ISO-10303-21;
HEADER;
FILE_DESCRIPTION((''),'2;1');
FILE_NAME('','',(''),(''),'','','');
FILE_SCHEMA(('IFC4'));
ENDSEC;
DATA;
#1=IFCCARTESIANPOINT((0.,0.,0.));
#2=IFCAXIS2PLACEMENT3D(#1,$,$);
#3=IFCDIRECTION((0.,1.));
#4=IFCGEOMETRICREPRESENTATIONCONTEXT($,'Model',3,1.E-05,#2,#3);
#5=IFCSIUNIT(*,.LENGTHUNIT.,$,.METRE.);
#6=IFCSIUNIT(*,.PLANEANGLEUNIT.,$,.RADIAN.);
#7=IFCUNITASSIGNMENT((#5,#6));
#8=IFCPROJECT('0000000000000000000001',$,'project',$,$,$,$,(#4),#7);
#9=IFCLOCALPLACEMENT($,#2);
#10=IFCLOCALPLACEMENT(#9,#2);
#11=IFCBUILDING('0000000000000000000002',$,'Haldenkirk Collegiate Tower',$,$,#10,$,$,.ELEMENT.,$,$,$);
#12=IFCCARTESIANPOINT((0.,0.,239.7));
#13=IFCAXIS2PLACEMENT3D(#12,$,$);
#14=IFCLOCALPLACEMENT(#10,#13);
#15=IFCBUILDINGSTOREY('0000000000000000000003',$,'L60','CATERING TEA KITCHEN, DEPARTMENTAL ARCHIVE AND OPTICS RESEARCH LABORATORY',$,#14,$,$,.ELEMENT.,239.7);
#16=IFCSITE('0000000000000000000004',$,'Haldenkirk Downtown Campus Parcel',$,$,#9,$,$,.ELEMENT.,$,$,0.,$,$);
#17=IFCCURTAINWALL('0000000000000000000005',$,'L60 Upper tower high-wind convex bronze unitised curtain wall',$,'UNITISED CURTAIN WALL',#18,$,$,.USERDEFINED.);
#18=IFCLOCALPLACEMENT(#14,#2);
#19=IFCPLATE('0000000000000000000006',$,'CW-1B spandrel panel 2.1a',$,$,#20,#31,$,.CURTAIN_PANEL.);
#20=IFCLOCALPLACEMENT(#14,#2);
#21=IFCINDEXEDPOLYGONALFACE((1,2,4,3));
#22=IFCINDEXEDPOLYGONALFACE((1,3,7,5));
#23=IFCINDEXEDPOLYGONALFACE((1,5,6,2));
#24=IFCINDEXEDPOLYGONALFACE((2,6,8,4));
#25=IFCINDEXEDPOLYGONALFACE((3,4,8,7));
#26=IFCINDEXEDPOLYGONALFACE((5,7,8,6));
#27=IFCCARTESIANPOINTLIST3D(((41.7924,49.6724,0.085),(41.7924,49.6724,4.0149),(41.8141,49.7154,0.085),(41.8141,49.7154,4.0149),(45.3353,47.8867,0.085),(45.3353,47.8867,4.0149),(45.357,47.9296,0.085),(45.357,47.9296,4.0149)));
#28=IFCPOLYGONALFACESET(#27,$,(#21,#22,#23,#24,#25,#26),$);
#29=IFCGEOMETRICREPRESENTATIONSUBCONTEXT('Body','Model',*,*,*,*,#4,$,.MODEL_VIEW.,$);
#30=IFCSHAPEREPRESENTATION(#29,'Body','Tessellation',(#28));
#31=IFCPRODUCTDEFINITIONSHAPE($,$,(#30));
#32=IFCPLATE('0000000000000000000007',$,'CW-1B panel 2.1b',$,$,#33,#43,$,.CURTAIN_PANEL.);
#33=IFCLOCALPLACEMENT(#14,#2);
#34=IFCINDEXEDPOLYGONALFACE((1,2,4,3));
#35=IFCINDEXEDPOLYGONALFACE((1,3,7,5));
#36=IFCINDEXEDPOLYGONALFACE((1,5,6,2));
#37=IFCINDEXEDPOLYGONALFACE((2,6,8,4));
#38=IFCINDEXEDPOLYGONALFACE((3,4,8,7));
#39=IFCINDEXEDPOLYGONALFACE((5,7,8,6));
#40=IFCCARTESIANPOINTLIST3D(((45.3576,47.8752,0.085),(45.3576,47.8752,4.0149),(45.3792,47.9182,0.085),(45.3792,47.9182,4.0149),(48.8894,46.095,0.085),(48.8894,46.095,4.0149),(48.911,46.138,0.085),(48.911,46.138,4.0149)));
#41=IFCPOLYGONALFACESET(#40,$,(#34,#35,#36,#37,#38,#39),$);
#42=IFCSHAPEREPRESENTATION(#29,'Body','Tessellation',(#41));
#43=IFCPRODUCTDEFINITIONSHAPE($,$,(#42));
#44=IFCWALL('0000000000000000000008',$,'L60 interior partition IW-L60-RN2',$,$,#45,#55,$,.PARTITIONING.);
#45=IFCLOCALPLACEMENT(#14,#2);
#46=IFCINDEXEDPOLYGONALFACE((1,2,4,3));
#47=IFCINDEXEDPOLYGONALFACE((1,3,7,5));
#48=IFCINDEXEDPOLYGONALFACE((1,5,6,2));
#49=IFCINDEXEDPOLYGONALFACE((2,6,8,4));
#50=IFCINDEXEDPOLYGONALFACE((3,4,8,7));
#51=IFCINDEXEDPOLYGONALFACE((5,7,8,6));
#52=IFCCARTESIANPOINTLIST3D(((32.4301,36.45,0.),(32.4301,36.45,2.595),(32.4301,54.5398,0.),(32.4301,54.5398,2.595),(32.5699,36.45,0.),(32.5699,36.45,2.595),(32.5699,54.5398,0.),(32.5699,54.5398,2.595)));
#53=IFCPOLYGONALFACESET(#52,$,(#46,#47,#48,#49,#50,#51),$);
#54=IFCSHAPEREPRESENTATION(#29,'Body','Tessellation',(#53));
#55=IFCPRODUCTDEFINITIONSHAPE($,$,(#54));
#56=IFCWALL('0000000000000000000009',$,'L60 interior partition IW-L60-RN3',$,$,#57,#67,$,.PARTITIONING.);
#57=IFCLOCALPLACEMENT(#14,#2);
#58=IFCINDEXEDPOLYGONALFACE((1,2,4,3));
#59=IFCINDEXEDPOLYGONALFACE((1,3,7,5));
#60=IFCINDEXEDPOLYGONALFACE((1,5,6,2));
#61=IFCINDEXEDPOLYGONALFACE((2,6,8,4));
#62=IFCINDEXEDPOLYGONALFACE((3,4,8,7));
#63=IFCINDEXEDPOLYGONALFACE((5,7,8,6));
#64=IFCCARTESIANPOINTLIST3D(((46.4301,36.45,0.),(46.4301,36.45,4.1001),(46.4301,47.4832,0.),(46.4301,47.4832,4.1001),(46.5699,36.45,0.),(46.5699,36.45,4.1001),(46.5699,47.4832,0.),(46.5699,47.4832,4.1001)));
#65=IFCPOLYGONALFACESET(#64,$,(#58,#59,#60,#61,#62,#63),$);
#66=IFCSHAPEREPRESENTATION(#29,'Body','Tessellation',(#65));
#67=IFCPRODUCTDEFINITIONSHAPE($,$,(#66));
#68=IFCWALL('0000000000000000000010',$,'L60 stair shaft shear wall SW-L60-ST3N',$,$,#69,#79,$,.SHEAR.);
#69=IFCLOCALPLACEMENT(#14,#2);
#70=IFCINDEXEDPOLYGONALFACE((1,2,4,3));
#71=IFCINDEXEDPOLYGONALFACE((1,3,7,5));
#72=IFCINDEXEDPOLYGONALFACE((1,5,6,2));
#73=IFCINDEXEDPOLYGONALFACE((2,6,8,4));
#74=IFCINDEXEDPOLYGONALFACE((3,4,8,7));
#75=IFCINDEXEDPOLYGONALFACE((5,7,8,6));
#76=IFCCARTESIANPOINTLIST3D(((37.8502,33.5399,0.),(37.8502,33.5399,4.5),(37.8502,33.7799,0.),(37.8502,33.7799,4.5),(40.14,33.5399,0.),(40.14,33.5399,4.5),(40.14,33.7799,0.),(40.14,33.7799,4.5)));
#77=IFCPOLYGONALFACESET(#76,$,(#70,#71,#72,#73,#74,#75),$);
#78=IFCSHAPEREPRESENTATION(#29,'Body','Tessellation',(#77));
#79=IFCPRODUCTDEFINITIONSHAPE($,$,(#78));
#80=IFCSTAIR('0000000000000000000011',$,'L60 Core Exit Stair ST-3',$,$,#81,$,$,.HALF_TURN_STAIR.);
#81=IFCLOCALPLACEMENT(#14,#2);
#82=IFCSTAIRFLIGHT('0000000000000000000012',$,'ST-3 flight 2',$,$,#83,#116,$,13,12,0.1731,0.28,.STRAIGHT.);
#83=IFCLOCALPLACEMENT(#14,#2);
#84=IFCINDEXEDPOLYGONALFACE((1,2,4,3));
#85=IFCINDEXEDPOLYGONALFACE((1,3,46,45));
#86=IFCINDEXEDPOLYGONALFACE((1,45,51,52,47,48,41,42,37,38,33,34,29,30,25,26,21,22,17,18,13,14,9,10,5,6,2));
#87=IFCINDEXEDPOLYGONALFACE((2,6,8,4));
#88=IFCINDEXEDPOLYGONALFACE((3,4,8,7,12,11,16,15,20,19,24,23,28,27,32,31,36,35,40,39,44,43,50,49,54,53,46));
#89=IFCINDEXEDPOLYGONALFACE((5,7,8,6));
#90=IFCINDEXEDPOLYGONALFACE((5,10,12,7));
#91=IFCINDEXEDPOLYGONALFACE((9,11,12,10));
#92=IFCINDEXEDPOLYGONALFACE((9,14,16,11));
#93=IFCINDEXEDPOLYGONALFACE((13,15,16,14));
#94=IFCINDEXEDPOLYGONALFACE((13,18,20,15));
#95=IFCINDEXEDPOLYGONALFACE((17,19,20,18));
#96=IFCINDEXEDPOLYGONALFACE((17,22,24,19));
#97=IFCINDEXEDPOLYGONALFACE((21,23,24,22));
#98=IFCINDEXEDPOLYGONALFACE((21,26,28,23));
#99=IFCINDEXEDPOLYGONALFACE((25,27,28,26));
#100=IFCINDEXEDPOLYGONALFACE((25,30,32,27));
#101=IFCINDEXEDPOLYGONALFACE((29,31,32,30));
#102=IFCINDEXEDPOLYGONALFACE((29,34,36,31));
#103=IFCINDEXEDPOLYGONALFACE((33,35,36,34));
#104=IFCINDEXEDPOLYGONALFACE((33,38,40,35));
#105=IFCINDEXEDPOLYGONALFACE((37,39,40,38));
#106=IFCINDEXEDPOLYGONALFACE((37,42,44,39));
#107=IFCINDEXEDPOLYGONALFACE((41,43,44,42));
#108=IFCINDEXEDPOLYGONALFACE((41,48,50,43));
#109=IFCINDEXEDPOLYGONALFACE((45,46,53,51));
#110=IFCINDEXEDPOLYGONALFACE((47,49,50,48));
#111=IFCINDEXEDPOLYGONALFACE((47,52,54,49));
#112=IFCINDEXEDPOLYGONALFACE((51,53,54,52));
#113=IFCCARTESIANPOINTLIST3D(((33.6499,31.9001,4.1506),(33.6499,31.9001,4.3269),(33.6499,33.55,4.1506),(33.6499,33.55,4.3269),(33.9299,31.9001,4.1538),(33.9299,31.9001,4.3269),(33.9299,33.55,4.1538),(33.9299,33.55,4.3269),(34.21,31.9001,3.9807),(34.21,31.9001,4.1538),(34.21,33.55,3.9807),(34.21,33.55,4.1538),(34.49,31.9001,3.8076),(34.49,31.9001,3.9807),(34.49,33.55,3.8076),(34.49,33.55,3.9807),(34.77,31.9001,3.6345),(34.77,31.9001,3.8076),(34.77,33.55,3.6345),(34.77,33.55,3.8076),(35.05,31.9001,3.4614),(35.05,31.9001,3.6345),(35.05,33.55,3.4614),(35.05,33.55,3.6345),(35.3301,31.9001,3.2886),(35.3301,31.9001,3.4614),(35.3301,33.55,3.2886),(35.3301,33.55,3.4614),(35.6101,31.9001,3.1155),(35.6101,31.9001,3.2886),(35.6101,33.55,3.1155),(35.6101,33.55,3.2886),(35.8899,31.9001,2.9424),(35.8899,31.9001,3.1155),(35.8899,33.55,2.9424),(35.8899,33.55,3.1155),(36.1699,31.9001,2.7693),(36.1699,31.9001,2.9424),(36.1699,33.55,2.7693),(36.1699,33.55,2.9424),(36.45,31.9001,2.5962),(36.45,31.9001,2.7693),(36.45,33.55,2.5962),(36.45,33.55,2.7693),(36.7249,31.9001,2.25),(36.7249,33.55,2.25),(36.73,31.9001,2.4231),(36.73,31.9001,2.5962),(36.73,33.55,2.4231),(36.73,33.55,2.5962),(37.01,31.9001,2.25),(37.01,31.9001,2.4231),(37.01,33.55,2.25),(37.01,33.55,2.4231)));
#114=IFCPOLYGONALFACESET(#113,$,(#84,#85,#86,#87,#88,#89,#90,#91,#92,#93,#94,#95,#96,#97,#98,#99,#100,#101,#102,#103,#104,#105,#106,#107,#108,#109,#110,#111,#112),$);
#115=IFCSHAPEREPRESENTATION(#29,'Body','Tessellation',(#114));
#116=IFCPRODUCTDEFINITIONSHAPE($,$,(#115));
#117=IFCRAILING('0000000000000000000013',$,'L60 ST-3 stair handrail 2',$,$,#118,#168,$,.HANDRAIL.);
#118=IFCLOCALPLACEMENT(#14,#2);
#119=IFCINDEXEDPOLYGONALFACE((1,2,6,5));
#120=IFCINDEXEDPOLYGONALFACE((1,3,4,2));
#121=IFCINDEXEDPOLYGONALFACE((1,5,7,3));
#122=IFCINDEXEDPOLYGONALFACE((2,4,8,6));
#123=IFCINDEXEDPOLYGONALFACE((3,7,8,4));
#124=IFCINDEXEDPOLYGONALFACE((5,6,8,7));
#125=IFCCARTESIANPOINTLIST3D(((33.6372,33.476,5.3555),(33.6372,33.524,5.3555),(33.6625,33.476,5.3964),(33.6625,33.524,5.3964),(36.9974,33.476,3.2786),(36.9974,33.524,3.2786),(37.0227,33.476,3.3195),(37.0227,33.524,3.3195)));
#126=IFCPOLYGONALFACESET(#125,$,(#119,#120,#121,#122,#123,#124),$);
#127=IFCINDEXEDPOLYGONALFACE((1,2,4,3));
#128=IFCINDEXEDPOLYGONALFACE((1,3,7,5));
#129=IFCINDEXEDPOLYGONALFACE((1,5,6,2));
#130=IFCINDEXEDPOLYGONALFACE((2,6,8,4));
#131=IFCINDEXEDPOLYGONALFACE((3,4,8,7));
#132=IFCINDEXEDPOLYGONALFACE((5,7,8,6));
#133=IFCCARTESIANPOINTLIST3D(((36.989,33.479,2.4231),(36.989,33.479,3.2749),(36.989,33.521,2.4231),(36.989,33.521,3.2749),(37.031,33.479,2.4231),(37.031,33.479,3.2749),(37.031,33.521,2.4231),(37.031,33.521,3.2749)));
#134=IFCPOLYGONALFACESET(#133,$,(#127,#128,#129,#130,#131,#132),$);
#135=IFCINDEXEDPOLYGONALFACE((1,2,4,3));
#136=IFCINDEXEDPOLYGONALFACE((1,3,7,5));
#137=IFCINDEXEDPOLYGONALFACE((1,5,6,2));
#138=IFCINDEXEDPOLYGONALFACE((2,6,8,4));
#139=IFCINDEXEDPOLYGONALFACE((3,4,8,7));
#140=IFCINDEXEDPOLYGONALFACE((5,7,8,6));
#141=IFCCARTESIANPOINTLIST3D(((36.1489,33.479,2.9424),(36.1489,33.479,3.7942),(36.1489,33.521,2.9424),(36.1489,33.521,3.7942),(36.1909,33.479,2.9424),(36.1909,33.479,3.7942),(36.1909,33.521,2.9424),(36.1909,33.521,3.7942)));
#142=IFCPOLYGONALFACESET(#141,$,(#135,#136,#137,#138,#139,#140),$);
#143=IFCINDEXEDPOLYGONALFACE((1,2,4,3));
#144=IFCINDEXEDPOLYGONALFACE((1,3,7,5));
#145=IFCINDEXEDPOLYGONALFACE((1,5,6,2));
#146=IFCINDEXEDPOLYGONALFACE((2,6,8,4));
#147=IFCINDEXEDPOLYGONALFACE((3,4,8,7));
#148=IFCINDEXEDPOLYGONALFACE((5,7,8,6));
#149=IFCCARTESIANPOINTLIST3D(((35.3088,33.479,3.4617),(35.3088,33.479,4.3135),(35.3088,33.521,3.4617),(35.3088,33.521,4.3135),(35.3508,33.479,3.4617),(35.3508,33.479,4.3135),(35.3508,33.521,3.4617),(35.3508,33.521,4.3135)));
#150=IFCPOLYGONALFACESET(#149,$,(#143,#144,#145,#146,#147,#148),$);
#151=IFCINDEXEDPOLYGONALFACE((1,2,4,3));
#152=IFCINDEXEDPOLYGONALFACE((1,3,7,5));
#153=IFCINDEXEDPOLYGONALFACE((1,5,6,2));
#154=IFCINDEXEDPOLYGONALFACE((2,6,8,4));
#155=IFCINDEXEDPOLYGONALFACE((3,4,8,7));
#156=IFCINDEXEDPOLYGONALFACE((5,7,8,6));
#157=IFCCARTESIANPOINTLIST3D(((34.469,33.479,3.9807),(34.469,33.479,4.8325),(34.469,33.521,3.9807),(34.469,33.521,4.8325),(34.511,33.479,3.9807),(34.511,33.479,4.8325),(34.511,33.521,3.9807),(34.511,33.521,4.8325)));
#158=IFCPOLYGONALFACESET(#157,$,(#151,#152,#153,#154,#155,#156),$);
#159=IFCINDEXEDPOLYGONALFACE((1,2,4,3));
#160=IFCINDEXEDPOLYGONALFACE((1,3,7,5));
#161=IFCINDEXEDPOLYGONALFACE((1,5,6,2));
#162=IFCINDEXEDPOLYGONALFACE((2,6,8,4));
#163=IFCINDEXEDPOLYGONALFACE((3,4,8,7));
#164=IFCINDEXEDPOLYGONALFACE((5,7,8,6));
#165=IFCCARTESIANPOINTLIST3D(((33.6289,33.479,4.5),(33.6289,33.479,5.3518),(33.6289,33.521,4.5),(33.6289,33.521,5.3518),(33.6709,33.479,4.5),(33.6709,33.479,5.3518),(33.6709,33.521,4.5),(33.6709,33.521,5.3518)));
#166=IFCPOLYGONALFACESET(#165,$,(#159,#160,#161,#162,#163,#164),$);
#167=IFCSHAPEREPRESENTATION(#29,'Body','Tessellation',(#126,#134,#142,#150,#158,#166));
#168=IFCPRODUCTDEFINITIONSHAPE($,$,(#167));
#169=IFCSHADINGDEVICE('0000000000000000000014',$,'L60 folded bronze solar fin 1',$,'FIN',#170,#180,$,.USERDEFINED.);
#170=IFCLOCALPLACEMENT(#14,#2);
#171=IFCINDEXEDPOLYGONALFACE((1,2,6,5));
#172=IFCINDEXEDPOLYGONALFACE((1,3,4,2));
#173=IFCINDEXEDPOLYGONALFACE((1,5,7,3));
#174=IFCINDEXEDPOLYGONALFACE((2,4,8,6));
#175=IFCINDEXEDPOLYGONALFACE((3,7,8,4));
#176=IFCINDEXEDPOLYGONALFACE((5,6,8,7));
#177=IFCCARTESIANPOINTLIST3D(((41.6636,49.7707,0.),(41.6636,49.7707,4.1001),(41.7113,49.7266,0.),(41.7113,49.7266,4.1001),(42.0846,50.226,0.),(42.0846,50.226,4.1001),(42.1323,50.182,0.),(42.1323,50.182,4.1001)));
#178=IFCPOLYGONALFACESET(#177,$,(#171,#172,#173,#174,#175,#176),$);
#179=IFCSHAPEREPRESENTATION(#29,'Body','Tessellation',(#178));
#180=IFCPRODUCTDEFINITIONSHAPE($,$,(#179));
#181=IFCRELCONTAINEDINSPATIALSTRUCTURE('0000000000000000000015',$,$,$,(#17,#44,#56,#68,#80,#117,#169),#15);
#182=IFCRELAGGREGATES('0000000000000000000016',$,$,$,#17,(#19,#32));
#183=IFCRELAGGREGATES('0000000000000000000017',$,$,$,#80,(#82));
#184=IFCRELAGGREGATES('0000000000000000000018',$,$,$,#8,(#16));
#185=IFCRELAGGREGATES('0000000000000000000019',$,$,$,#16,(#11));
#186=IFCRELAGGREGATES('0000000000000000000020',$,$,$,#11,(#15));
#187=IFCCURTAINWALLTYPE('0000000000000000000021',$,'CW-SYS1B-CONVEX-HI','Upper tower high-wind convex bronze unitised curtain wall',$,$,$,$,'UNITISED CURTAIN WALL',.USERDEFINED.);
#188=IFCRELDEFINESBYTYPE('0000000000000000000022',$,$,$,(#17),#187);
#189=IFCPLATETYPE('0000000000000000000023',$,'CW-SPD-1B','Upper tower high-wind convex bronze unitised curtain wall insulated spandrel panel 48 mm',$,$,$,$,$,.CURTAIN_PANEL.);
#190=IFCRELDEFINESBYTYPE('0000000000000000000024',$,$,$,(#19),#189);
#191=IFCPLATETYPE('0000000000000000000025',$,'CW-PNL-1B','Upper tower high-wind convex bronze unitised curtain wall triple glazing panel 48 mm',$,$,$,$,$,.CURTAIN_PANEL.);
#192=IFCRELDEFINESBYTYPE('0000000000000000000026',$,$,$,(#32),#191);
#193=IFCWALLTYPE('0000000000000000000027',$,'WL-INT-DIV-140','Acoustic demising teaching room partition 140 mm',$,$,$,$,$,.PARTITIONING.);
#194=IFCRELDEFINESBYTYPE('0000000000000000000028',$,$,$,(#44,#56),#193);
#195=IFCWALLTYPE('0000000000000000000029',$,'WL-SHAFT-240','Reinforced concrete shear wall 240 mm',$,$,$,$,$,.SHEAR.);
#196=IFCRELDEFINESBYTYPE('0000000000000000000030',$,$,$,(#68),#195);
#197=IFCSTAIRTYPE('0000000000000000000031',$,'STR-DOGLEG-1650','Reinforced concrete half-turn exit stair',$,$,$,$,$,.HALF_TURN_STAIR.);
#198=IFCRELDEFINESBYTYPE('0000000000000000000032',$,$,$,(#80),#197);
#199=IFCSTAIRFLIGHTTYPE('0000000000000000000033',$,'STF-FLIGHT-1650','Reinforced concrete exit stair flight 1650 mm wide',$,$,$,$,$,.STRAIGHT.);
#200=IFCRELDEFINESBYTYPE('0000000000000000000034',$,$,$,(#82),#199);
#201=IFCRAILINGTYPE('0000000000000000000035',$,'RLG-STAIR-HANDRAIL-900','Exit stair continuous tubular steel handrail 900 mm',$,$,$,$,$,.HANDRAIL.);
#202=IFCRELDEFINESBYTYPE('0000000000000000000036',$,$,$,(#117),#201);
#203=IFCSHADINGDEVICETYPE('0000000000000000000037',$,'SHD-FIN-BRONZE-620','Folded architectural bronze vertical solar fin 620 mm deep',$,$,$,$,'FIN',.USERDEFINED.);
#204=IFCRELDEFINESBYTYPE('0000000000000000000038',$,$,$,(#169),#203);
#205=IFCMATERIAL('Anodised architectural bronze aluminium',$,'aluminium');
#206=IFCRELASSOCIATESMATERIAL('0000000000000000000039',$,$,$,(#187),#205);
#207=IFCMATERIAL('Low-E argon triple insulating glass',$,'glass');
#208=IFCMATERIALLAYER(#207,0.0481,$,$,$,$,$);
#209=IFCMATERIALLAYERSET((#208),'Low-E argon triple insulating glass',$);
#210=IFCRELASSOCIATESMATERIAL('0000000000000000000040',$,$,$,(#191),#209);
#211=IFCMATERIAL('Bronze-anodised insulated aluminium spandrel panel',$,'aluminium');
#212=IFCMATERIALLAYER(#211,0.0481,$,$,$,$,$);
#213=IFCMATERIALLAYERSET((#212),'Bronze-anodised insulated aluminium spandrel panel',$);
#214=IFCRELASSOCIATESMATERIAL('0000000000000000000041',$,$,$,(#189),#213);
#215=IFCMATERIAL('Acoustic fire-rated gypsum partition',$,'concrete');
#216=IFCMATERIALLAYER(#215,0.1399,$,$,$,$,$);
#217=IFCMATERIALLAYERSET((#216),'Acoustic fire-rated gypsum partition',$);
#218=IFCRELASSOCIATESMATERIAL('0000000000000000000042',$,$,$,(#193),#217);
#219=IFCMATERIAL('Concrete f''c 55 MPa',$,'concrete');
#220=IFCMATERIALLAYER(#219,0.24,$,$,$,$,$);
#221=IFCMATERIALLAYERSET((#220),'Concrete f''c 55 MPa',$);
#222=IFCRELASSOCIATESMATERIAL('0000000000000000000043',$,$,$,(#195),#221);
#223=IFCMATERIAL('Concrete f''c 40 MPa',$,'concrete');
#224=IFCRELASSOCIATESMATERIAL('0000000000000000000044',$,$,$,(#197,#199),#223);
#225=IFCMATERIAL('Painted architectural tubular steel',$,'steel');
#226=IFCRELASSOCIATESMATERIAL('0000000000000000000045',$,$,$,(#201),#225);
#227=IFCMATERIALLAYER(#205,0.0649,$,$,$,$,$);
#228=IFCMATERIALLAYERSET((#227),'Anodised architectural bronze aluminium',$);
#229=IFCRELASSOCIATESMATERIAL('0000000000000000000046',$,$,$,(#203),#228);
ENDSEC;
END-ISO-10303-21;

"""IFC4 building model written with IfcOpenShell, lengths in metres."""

from ifc_helpers import new_model, si_unit, direction, frame, frame_2d, origin, origin_2d, place, context, subcontext, project, spatial, polyline, rectangle, outline, extrude, source, transform, mapped, material, layer, layer_set, type_object, element, aggregate, save


model = new_model("IFC4")

# Units and contexts
model_context = context("Model", 3, precision=1e-05, world=origin(), true_north=direction((0.0, 1.0)))
body_context = subcontext(model_context, "Body", "Model", "MODEL_VIEW")
ifc_project = project(units=[si_unit("LENGTHUNIT", "METRE"), si_unit("PLANEANGLEUNIT", "RADIAN")], contexts=[model_context])

# Site, building, storey
site_placement = place(None, origin())
site = spatial("IfcSite", under=ifc_project, at=site_placement, Name="Haldenkirk Downtown Campus Parcel", CompositionType="ELEMENT", RefElevation=0.0)
building_placement = place(site_placement, origin())
building = spatial("IfcBuilding", under=site, at=building_placement, Name="Haldenkirk Collegiate Tower", CompositionType="ELEMENT")
storey_placement = place(building_placement, frame((0.0, 0.0, 239.7)))
storey = spatial("IfcBuildingStorey", under=building, at=storey_placement, Name="L60", Description="CATERING TEA KITCHEN, DEPARTMENTAL ARCHIVE AND OPTICS RESEARCH LABORATORY", CompositionType="ELEMENT", Elevation=239.7)

# Curtain wall, plates
ifc_material_1 = material(Name="Anodised architectural bronze aluminium", Category="aluminium")
curtain_wall_type = type_object("IfcCurtainWallType", Name="CW-SYS1B-CONVEX-HI", Description="Upper tower high-wind convex bronze unitised curtain wall", ElementType="UNITISED CURTAIN WALL", PredefinedType="USERDEFINED", material=ifc_material_1)
curtain_wall_placement = place(storey_placement, origin())
curtain_wall = element("IfcCurtainWall", 1, at=curtain_wall_placement, inside=storey, type_object=curtain_wall_type, Name="L60 Upper tower high-wind convex bronze unitised curtain wall", ObjectType="UNITISED CURTAIN WALL", PredefinedType="USERDEFINED")
ifc_material_2 = material(Name="Low-E argon triple insulating glass", Category="glass")
ifc_layer_1 = layer(ifc_material_2, 0.0481)
ifc_layer_set_1 = layer_set([ifc_layer_1], Name="Low-E argon triple insulating glass")
plate_type_1 = type_object("IfcPlateType", Name="CW-PNL-1B", Description="Upper tower high-wind convex bronze unitised curtain wall triple glazing panel 48 mm", PredefinedType="CURTAIN_PANEL", material=ifc_layer_set_1)
ifc_material_3 = material(Name="Bronze-anodised insulated aluminium spandrel panel", Category="aluminium")
ifc_layer_2 = layer(ifc_material_3, 0.0481)
ifc_layer_set_2 = layer_set([ifc_layer_2], Name="Bronze-anodised insulated aluminium spandrel panel")
plate_type_2 = type_object("IfcPlateType", Name="CW-SPD-1B", Description="Upper tower high-wind convex bronze unitised curtain wall insulated spandrel panel 48 mm", PredefinedType="CURTAIN_PANEL", material=ifc_layer_set_2)
shared_shape_1 = source(origin(), body_context, "Body", "SweptSolid", [
    extrude(rectangle(XDim=3.9675, YDim=0.0481, at=origin_2d()), origin(), (0.0, 0.0, 1.0), 3.9299),
])
plate_1_placement = place(storey_placement, frame((43.5747, 48.801, 0.085), z_axis=(0.0, 0.0, 1.0), x_axis=(0.892979, -0.450099, 0.0)))
plate_1 = element("IfcPlate", 2, at=plate_1_placement, type_object=plate_type_2, Name="CW-1B spandrel panel 2.1a", PredefinedType="CURTAIN_PANEL", context=body_context, shape_type="MappedRepresentation", body=[
    mapped(shared_shape_1, transform((0.0, 0.0, 0.0), x_axis=(1.0, 0.0, 0.0), y_axis=(0.0, 1.0, 0.0), z_axis=(0.0, 0.0, 1.0), scale=1.0)),
])
shared_shape_2 = source(origin(), body_context, "Body", "SweptSolid", [
    extrude(rectangle(XDim=3.9551, YDim=0.0481, at=origin_2d()), origin(), (0.0, 0.0, 1.0), 3.9299),
])
plate_2_placement = place(storey_placement, frame((47.1343, 47.0066, 0.085), z_axis=(0.0, 0.0, 1.0), x_axis=(0.892979, -0.450099, 0.0)))
plate_2 = element("IfcPlate", 3, at=plate_2_placement, type_object=plate_type_1, Name="CW-1B panel 2.1b", PredefinedType="CURTAIN_PANEL", context=body_context, shape_type="MappedRepresentation", body=[
    mapped(shared_shape_2, transform((0.0, 0.0, 0.0), x_axis=(1.0, 0.0, 0.0), y_axis=(0.0, 1.0, 0.0), z_axis=(0.0, 0.0, 1.0), scale=1.0)),
])
aggregate(curtain_wall, [plate_1, plate_2])

# Walls
ifc_material_4 = material(Name="Acoustic fire-rated gypsum partition", Category="concrete")
ifc_layer_3 = layer(ifc_material_4, 0.1399)
ifc_layer_set_3 = layer_set([ifc_layer_3], Name="Acoustic fire-rated gypsum partition")
wall_type_1 = type_object("IfcWallType", Name="WL-INT-DIV-140", Description="Acoustic demising teaching room partition 140 mm", PredefinedType="PARTITIONING", material=ifc_layer_set_3)
wall_1_placement = place(storey_placement, frame((32.5, 36.45, 0.0), z_axis=(0.0, 0.0, 1.0), x_axis=(0.0, 1.0, 0.0)))
element("IfcWall", 4, at=wall_1_placement, inside=storey, type_object=wall_type_1, Name="L60 interior partition IW-L60-RN2", PredefinedType="PARTITIONING", context=body_context, shape_type="SweptSolid", body=[
    extrude(rectangle(XDim=18.0898, YDim=0.1399, at=frame_2d((9.0449, 0.0))), origin(), (0.0, 0.0, 1.0), 2.595),
])
wall_2_placement = place(storey_placement, frame((46.5, 36.45, 0.0), z_axis=(0.0, 0.0, 1.0), x_axis=(0.0, 1.0, 0.0)))
element("IfcWall", 5, at=wall_2_placement, inside=storey, type_object=wall_type_1, Name="L60 interior partition IW-L60-RN3", PredefinedType="PARTITIONING", context=body_context, shape_type="SweptSolid", body=[
    extrude(rectangle(XDim=11.0332, YDim=0.1399, at=frame_2d((5.5166, 0.0))), origin(), (0.0, 0.0, 1.0), 4.1001),
])
ifc_material_5 = material(Name="Concrete f'c 55 MPa", Category="concrete")
ifc_layer_4 = layer(ifc_material_5, 0.24)
ifc_layer_set_4 = layer_set([ifc_layer_4], Name="Concrete f'c 55 MPa")
wall_type_2 = type_object("IfcWallType", Name="WL-SHAFT-240", Description="Reinforced concrete shear wall 240 mm", PredefinedType="SHEAR", material=ifc_layer_set_4)
wall_3_placement = place(storey_placement, frame((37.8501, 33.6599, 0.0), z_axis=(0.0, 0.0, 1.0), x_axis=(1.0, 0.0, 0.0)))
element("IfcWall", 6, at=wall_3_placement, inside=storey, type_object=wall_type_2, Name="L60 stair shaft shear wall SW-L60-ST3N", PredefinedType="SHEAR", context=body_context, shape_type="SweptSolid", body=[
    extrude(rectangle(XDim=2.2898, YDim=0.24, at=frame_2d((1.145, 0.0))), origin(), (0.0, 0.0, 1.0), 4.5),
])

# Stair, stair flight
ifc_material_6 = material(Name="Concrete f'c 40 MPa", Category="concrete")
stair_type = type_object("IfcStairType", Name="STR-DOGLEG-1650", Description="Reinforced concrete half-turn exit stair", PredefinedType="HALF_TURN_STAIR", material=ifc_material_6)
stair_placement = place(storey_placement, origin())
stair = element("IfcStair", 7, at=stair_placement, inside=storey, type_object=stair_type, Name="L60 Core Exit Stair ST-3", PredefinedType="HALF_TURN_STAIR")
stair_flight_type = type_object("IfcStairFlightType", Name="STF-FLIGHT-1650", Description="Reinforced concrete exit stair flight 1650 mm wide", PredefinedType="STRAIGHT", material=ifc_material_6)
stair_flight_placement = place(storey_placement, frame((37.01, 32.7251, 2.25), z_axis=(0.0, 0.0, 1.0), x_axis=(-1.0, 0.0, 0.0)))
stair_flight = element("IfcStairFlight", 8, at=stair_flight_placement, type_object=stair_flight_type, Name="ST-3 flight 2", NumberOfRisers=13, NumberOfTreads=12, PredefinedType="STRAIGHT", RiserHeight=0.1731, TreadLength=0.28, context=body_context, shape_type="SweptSolid", body=[
    extrude(outline(polyline([(0.0, 0.0), (0.0, 0.1731), (0.28, 0.1731), (0.28, 0.3462), (0.5601, 0.3462), (0.5601, 0.5193), (0.8401, 0.5193), (0.8401, 0.6924), (1.1201, 0.6924), (1.1201, 0.8655), (1.3999, 0.8655), (1.3999, 1.0386), (1.6799, 1.0386), (1.6799, 1.2114), (1.96, 1.2114), (1.96, 1.3845), (2.24, 1.3845), (2.24, 1.5576), (2.52, 1.5576), (2.52, 1.7307), (2.8, 1.7307), (2.8, 1.9038), (3.0801, 1.9038), (3.0801, 2.0769), (3.3601, 2.0769), (3.3601, 2.25), (3.3601, 1.9006), (0.2852, 0.0), (0.0, 0.0)])), frame((0.0, 0.825, 0.0), z_axis=(0.0, -1.0, 0.0), x_axis=(1.0, 0.0, 0.0)), (0.0, 0.0, 1.0), 1.6499),
])
aggregate(stair, [stair_flight])

# Railing
ifc_material_7 = material(Name="Painted architectural tubular steel", Category="steel")
railing_type = type_object("IfcRailingType", Name="RLG-STAIR-HANDRAIL-900", Description="Exit stair continuous tubular steel handrail 900 mm", PredefinedType="HANDRAIL", material=ifc_material_7)
railing_placement = place(storey_placement, frame((37.01, 33.5, 2.4231)))
element("IfcRailing", 9, at=railing_placement, inside=storey, type_object=railing_type, Name="L60 ST-3 stair handrail 2", PredefinedType="HANDRAIL", context=body_context, shape_type="SweptSolid", body=[
    extrude(rectangle(XDim=0.0481, YDim=0.0481, at=origin_2d()), frame((0.0, 0.0, 0.876), z_axis=(-0.850623, 0.0, 0.525776), x_axis=(0.0, -1.0, 0.0)), (0.0, 0.0, 1.0), 3.9502),
    extrude(rectangle(XDim=0.042, YDim=0.042, at=origin_2d()), origin(), (0.0, 0.0, 1.0), 0.8518),
    extrude(rectangle(XDim=0.042, YDim=0.042, at=origin_2d()), frame((-0.8401, 0.0, 0.5193)), (0.0, 0.0, 1.0), 0.8518),
    extrude(rectangle(XDim=0.042, YDim=0.042, at=origin_2d()), frame((-1.6802, 0.0, 1.0386)), (0.0, 0.0, 1.0), 0.8518),
    extrude(rectangle(XDim=0.042, YDim=0.042, at=origin_2d()), frame((-2.52, 0.0, 1.5576)), (0.0, 0.0, 1.0), 0.8518),
    extrude(rectangle(XDim=0.042, YDim=0.042, at=origin_2d()), frame((-3.3601, 0.0, 2.0769)), (0.0, 0.0, 1.0), 0.8518),
])

# Shading device
ifc_layer_5 = layer(ifc_material_1, 0.0649)
ifc_layer_set_5 = layer_set([ifc_layer_5], Name="Anodised architectural bronze aluminium")
shading_device_type = type_object("IfcShadingDeviceType", Name="SHD-FIN-BRONZE-620", Description="Folded architectural bronze vertical solar fin 620 mm deep", ElementType="FIN", PredefinedType="USERDEFINED", material=ifc_layer_set_5)
shared_shape_3 = source(origin(), body_context, "Body", "SweptSolid", [
    extrude(rectangle(XDim=0.6201, YDim=0.0649, at=origin_2d()), origin(), (0.0, 0.0, 1.0), 4.1001),
])
shading_device_placement = place(storey_placement, frame((41.8979, 49.9763, 0.0), z_axis=(0.0, 0.0, 1.0), x_axis=(0.678801, 0.734323, 0.0)))
element("IfcShadingDevice", 10, at=shading_device_placement, inside=storey, type_object=shading_device_type, Name="L60 folded bronze solar fin 1", ObjectType="FIN", PredefinedType="USERDEFINED", context=body_context, shape_type="MappedRepresentation", body=[
    mapped(shared_shape_3, transform((0.0, 0.0, 0.0), x_axis=(1.0, 0.0, 0.0), y_axis=(0.0, 1.0, 0.0), z_axis=(0.0, 0.0, 1.0), scale=1.0)),
])

save(model, "model.ifc")
